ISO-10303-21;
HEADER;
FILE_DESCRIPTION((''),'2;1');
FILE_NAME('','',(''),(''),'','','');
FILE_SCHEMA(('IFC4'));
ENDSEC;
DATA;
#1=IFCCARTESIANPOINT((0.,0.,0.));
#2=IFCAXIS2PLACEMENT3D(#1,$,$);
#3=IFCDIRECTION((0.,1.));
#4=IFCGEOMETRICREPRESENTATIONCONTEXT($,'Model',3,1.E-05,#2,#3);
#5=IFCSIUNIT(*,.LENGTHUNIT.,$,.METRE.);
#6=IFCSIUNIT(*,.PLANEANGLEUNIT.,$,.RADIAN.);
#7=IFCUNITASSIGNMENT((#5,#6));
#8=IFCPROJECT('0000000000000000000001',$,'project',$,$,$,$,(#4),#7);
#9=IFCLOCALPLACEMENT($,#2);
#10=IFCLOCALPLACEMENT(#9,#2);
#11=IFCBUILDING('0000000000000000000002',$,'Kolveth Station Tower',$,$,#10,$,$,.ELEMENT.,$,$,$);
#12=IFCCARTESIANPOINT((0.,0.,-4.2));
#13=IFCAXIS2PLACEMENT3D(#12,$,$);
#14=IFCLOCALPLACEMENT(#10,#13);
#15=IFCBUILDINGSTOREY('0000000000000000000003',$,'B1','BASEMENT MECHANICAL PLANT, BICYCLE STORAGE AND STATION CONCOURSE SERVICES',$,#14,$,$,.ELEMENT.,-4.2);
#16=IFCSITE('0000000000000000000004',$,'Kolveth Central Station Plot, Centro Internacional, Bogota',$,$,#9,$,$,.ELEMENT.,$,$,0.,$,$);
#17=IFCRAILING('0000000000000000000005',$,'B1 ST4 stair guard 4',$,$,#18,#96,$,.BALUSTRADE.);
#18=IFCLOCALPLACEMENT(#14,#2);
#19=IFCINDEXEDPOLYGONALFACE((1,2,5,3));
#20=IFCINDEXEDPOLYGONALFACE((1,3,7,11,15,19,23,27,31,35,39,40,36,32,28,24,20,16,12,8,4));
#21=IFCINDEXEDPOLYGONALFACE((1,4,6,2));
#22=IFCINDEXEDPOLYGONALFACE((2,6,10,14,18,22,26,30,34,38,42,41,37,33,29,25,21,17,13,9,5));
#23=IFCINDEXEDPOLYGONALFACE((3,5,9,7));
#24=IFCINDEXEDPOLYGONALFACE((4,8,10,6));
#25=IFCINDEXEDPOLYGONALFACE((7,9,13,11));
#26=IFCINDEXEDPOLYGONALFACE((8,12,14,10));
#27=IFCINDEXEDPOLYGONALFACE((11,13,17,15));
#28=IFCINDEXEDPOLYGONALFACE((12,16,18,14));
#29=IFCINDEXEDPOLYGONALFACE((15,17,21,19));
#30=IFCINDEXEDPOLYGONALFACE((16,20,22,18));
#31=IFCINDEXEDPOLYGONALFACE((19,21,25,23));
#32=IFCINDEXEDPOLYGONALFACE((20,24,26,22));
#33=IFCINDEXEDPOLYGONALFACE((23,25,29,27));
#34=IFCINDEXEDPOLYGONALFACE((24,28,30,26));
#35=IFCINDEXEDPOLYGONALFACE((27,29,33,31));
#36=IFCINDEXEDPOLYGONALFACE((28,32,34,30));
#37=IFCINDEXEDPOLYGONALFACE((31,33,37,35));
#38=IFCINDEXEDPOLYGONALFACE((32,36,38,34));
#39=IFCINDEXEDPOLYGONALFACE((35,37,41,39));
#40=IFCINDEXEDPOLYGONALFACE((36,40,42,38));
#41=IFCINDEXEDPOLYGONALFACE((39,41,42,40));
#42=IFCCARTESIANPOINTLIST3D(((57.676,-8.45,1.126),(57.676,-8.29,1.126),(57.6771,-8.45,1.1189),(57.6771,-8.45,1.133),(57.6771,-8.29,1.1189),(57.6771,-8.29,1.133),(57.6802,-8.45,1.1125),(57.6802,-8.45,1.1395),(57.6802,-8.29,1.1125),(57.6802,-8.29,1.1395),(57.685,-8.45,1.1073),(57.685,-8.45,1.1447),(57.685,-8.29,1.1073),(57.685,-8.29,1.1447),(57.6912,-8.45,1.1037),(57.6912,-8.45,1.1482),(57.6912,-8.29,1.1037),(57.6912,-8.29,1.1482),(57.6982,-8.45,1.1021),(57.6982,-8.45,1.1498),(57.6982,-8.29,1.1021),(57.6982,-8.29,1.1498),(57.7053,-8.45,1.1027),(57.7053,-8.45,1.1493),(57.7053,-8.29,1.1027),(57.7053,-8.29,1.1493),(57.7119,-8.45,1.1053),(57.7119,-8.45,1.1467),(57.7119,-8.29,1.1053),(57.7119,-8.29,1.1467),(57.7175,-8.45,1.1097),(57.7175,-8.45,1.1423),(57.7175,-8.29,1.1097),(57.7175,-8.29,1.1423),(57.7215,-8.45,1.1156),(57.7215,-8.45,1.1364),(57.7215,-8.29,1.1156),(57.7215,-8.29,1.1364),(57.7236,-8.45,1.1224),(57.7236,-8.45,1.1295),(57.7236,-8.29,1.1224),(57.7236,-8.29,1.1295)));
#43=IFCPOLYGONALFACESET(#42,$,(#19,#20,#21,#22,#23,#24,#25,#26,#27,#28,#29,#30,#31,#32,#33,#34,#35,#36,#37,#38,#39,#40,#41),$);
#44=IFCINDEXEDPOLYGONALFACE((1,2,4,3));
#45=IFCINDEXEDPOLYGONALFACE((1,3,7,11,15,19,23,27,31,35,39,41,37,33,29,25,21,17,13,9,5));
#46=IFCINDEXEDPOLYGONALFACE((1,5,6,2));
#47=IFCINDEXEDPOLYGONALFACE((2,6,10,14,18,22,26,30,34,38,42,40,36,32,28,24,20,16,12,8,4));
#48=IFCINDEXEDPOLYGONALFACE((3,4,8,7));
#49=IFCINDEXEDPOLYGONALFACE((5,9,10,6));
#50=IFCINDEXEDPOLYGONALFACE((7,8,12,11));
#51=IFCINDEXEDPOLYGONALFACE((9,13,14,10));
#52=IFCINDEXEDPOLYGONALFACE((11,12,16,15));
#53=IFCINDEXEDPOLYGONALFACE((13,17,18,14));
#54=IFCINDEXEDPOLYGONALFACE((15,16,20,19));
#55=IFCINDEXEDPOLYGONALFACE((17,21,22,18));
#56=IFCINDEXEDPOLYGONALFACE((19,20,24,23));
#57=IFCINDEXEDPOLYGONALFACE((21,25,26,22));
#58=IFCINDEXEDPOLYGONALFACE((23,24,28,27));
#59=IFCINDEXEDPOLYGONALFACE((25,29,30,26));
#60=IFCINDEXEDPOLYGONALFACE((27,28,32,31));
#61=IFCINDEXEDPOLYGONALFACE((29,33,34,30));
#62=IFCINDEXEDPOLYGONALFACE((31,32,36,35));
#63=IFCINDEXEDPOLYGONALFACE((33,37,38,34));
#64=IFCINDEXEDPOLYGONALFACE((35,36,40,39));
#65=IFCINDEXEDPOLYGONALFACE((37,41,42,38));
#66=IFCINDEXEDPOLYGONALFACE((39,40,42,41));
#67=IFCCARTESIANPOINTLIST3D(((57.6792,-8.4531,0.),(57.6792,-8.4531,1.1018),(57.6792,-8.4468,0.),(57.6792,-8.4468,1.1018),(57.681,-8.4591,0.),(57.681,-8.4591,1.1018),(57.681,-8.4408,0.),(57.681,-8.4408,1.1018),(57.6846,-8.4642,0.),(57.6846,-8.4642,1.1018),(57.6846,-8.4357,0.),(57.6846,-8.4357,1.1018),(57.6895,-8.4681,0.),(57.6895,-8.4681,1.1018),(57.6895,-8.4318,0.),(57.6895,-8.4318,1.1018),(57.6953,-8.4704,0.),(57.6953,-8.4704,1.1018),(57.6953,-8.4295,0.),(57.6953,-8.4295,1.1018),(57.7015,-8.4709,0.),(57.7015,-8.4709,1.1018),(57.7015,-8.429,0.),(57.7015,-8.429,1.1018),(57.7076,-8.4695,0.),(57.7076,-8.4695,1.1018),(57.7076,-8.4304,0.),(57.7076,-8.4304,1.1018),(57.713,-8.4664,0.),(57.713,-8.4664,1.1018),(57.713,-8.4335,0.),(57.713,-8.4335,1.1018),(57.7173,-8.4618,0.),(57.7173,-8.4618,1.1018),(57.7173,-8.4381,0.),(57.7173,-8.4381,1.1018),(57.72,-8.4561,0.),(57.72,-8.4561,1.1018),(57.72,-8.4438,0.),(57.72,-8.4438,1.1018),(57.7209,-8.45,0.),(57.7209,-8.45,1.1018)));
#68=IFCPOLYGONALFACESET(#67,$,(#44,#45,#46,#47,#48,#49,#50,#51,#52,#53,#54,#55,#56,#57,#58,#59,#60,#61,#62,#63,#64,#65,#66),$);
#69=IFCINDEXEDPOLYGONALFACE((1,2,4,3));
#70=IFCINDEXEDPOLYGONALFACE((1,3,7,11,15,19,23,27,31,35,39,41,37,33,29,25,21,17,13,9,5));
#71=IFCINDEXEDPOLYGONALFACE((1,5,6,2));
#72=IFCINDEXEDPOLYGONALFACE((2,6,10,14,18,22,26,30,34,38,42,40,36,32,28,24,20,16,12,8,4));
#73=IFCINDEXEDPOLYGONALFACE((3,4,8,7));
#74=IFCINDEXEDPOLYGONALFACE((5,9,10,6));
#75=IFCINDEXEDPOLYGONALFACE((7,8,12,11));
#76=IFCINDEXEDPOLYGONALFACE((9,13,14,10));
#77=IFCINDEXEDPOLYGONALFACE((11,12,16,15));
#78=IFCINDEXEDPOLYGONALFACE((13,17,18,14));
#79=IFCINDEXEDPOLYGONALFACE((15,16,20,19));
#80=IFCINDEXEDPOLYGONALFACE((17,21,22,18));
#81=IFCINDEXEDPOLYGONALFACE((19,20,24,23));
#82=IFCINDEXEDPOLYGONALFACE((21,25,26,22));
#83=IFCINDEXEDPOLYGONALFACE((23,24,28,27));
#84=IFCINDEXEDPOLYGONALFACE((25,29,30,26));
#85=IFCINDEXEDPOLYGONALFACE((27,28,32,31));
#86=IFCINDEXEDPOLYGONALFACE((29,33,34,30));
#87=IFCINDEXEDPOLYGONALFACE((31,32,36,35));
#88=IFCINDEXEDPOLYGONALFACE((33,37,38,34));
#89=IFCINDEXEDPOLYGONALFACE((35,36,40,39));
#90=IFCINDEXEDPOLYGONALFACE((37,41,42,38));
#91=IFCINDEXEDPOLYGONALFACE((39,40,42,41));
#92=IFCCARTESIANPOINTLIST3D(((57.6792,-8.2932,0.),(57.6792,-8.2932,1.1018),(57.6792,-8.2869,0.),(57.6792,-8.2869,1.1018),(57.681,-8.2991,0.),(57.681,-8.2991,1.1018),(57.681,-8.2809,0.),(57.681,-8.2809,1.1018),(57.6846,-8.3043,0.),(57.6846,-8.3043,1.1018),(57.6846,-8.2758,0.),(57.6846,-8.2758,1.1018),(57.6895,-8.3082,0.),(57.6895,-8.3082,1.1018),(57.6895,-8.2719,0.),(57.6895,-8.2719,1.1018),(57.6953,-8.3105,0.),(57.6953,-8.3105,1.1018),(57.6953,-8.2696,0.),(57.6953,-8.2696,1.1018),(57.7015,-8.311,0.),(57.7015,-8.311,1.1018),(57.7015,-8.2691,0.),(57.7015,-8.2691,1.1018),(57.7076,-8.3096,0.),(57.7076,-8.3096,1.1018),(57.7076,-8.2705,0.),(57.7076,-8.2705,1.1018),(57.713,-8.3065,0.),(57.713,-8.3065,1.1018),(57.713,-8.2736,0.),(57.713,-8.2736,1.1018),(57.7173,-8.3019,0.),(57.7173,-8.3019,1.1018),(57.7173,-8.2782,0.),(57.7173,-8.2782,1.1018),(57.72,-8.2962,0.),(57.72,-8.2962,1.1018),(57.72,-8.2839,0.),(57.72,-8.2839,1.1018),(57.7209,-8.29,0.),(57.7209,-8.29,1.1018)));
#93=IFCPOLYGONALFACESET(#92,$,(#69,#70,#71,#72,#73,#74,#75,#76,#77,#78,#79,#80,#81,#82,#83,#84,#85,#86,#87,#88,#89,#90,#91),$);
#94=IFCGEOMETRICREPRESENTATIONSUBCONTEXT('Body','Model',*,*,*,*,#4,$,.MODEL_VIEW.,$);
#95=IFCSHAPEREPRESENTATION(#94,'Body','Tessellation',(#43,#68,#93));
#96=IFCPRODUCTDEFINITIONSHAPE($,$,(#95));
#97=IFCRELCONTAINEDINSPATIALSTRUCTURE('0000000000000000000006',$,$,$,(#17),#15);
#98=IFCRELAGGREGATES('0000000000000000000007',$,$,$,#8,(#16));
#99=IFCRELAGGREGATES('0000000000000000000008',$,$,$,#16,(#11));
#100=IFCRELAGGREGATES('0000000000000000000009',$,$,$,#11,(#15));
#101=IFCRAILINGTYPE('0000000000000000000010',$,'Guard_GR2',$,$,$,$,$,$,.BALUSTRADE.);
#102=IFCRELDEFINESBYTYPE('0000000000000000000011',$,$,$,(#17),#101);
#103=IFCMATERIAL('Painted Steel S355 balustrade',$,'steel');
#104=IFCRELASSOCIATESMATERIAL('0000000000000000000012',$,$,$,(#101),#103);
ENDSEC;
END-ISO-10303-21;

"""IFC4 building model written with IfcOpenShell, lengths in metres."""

from ifc_helpers import new_model, si_unit, direction, frame, origin, origin_2d, place, context, subcontext, project, spatial, circle, extrude, material, type_object, element, save


model = new_model("IFC4")

# Units and contexts
model_context = context("Model", 3, precision=1e-05, world=origin(), true_north=direction((0.0, 1.0)))
body_context = subcontext(model_context, "Body", "Model", "MODEL_VIEW")
ifc_project = project(units=[si_unit("LENGTHUNIT", "METRE"), si_unit("PLANEANGLEUNIT", "RADIAN")], contexts=[model_context])

# Site, building, storey
site_placement = place(None, origin())
site = spatial("IfcSite", under=ifc_project, at=site_placement, Name="Kolveth Central Station Plot, Centro Internacional, Bogota", CompositionType="ELEMENT", RefElevation=0.0)
building_placement = place(site_placement, origin())
building = spatial("IfcBuilding", under=site, at=building_placement, Name="Kolveth Station Tower", CompositionType="ELEMENT")
storey_placement = place(building_placement, frame((0.0, 0.0, -4.2)))
storey = spatial("IfcBuildingStorey", under=building, at=storey_placement, Name="B1", Description="BASEMENT MECHANICAL PLANT, BICYCLE STORAGE AND STATION CONCOURSE SERVICES", CompositionType="ELEMENT", Elevation=-4.2)

# Railing
ifc_material_1 = material(Name="Painted Steel S355 balustrade", Category="steel")
railing_type_1 = type_object("IfcRailingType", Name="Guard_GR2", PredefinedType="BALUSTRADE", material=ifc_material_1)
railing_1_placement = place(storey_placement, frame((57.7, -8.45, 0.0)))
element("IfcRailing", 1, at=railing_1_placement, inside=storey, type_object=railing_type_1, Name="B1 ST4 stair guard 4", PredefinedType="BALUSTRADE", context=body_context, shape_type="SweptSolid", body=[
    extrude(circle(Radius=0.0239, at=origin_2d()), frame((0.0, 0.0, 1.126), z_axis=(0.0, 1.0, 0.0), x_axis=(-1.0, 0.0, 0.0)), (0.0, 0.0, 1.0), 0.1599),
    extrude(circle(Radius=0.021, at=origin_2d()), origin(), (0.0, 0.0, 1.0), 1.1018),
    extrude(circle(Radius=0.021, at=origin_2d()), frame((0.0, 0.1599, 0.0)), (0.0, 0.0, 1.0), 1.1018),
])

save(model, "model.ifc")
